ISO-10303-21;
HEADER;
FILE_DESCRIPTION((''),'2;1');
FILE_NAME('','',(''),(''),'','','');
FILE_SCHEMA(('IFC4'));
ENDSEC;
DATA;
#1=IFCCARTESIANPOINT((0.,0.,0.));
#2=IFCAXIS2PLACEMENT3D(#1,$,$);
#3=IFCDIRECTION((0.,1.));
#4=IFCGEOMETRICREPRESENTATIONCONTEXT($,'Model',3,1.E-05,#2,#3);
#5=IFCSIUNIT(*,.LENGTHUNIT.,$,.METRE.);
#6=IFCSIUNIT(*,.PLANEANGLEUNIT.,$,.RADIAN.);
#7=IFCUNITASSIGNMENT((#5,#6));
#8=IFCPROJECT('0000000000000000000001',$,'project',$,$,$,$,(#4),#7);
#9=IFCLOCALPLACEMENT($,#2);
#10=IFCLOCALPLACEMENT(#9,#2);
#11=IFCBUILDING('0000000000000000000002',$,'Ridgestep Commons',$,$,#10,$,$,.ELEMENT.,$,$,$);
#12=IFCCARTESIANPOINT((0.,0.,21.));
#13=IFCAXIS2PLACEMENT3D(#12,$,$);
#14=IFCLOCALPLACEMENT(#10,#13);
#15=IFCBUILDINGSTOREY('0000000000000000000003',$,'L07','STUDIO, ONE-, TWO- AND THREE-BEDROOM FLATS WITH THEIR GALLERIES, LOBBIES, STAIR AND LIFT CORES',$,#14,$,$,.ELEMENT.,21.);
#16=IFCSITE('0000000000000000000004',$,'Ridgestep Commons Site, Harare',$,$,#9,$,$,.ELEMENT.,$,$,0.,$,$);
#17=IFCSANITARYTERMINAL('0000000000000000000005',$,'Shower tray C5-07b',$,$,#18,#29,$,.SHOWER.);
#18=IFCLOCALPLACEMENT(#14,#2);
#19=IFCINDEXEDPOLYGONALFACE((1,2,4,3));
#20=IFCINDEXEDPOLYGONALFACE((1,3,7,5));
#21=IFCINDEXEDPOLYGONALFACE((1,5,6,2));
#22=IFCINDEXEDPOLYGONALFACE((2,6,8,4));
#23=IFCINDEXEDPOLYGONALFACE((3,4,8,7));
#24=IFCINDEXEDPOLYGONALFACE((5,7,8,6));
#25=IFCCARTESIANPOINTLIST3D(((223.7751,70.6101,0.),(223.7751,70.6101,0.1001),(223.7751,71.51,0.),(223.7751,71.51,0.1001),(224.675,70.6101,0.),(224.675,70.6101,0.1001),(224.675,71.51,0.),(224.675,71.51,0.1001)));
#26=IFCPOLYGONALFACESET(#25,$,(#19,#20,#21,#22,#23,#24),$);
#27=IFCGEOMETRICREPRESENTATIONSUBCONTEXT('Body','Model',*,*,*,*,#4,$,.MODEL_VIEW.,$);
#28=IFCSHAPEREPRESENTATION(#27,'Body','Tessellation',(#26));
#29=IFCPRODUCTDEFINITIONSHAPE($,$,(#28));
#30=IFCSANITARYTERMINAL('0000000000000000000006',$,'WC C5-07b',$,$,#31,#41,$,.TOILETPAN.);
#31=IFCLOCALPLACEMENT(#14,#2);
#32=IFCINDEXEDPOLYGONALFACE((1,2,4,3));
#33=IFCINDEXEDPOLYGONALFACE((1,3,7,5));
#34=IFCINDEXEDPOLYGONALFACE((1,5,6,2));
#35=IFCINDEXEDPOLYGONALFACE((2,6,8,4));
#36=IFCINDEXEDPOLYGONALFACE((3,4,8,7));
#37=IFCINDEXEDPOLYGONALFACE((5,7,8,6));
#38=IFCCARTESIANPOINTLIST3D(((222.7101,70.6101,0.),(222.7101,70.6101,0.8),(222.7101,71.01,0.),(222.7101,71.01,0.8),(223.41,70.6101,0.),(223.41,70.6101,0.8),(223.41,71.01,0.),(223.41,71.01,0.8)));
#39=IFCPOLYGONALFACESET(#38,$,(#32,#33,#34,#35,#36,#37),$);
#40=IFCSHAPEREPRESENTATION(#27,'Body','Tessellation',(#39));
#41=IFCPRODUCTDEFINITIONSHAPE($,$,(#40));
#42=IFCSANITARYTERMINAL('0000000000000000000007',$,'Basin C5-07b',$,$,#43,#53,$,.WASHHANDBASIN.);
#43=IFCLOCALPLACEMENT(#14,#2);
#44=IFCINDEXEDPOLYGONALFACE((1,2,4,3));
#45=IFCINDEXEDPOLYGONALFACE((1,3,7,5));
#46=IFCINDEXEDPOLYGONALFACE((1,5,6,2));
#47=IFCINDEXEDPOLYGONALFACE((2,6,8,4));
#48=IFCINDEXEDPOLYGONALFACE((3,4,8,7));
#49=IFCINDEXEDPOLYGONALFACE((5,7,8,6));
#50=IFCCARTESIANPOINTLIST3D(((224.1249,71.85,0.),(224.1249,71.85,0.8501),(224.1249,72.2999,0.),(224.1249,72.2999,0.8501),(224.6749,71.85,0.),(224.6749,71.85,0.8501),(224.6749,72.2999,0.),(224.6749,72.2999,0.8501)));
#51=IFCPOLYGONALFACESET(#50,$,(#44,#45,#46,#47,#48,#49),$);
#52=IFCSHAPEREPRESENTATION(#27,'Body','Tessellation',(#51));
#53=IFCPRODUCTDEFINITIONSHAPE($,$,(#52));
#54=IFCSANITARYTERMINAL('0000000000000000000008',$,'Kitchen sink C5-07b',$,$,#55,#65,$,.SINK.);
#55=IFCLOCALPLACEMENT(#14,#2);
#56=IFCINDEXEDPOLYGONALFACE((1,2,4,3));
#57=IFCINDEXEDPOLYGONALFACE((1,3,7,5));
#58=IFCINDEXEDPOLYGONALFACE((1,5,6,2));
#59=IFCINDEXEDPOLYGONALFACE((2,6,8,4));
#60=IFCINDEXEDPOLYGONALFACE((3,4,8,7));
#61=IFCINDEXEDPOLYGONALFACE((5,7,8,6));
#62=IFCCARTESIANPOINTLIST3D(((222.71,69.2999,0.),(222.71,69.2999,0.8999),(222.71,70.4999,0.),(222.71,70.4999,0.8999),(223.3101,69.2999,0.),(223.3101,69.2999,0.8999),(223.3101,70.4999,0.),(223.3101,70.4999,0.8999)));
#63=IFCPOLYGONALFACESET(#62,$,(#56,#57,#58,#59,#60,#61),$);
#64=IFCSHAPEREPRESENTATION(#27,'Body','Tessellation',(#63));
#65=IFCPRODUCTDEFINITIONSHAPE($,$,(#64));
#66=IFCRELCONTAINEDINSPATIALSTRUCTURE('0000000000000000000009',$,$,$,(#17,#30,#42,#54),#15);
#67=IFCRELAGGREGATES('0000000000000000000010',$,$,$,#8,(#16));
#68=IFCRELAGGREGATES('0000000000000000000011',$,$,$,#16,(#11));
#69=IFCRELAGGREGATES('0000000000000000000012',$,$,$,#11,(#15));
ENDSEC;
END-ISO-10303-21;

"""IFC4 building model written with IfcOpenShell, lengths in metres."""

from ifc_helpers import new_model, si_unit, direction, frame, origin, origin_2d, place, context, subcontext, project, spatial, rectangle, extrude, element, save


model = new_model("IFC4")

# Units and contexts
model_context = context("Model", 3, precision=1e-05, world=origin(), true_north=direction((0.0, 1.0)))
body_context = subcontext(model_context, "Body", "Model", "MODEL_VIEW")
ifc_project = project(units=[si_unit("LENGTHUNIT", "METRE"), si_unit("PLANEANGLEUNIT", "RADIAN")], contexts=[model_context])

# Site, building, storey
site_placement = place(None, origin())
site = spatial("IfcSite", under=ifc_project, at=site_placement, Name="Ridgestep Commons Site, Harare", CompositionType="ELEMENT", RefElevation=0.0)
building_placement = place(site_placement, origin())
building = spatial("IfcBuilding", under=site, at=building_placement, Name="Ridgestep Commons", CompositionType="ELEMENT")
storey_placement = place(building_placement, frame((0.0, 0.0, 21.0)))
storey = spatial("IfcBuildingStorey", under=building, at=storey_placement, Name="L07", Description="STUDIO, ONE-, TWO- AND THREE-BEDROOM FLATS WITH THEIR GALLERIES, LOBBIES, STAIR AND LIFT CORES", CompositionType="ELEMENT", Elevation=21.0)

# Sanitary terminals
sanitary_terminal_1_placement = place(storey_placement, frame((224.2251, 71.0601, 0.0), z_axis=(0.0, 0.0, 1.0), x_axis=(1.0, 0.0, 0.0)))
element("IfcSanitaryTerminal", 1, at=sanitary_terminal_1_placement, inside=storey, Name="Shower tray C5-07b", PredefinedType="SHOWER", context=body_context, shape_type="SweptSolid", body=[
    extrude(rectangle(XDim=0.8999, YDim=0.8999, at=origin_2d()), origin(), (0.0, 0.0, 1.0), 0.1001),
])
sanitary_terminal_2_placement = place(storey_placement, frame((223.0601, 70.8101, 0.0), z_axis=(0.0, 0.0, 1.0), x_axis=(1.0, 0.0, 0.0)))
element("IfcSanitaryTerminal", 2, at=sanitary_terminal_2_placement, inside=storey, Name="WC C5-07b", PredefinedType="TOILETPAN", context=body_context, shape_type="SweptSolid", body=[
    extrude(rectangle(XDim=0.7, YDim=0.3999, at=origin_2d()), origin(), (0.0, 0.0, 1.0), 0.8),
])
sanitary_terminal_3_placement = place(storey_placement, frame((224.3999, 72.075, 0.0), z_axis=(0.0, 0.0, 1.0), x_axis=(1.0, 0.0, 0.0)))
element("IfcSanitaryTerminal", 3, at=sanitary_terminal_3_placement, inside=storey, Name="Basin C5-07b", PredefinedType="WASHHANDBASIN", context=body_context, shape_type="SweptSolid", body=[
    extrude(rectangle(XDim=0.55, YDim=0.45, at=origin_2d()), origin(), (0.0, 0.0, 1.0), 0.8501),
])
sanitary_terminal_4_placement = place(storey_placement, frame((223.01, 69.8999, 0.0), z_axis=(0.0, 0.0, 1.0), x_axis=(1.0, 0.0, 0.0)))
element("IfcSanitaryTerminal", 4, at=sanitary_terminal_4_placement, inside=storey, Name="Kitchen sink C5-07b", PredefinedType="SINK", context=body_context, shape_type="SweptSolid", body=[
    extrude(rectangle(XDim=0.6001, YDim=1.2, at=origin_2d()), origin(), (0.0, 0.0, 1.0), 0.8999),
])

save(model, "model.ifc")
